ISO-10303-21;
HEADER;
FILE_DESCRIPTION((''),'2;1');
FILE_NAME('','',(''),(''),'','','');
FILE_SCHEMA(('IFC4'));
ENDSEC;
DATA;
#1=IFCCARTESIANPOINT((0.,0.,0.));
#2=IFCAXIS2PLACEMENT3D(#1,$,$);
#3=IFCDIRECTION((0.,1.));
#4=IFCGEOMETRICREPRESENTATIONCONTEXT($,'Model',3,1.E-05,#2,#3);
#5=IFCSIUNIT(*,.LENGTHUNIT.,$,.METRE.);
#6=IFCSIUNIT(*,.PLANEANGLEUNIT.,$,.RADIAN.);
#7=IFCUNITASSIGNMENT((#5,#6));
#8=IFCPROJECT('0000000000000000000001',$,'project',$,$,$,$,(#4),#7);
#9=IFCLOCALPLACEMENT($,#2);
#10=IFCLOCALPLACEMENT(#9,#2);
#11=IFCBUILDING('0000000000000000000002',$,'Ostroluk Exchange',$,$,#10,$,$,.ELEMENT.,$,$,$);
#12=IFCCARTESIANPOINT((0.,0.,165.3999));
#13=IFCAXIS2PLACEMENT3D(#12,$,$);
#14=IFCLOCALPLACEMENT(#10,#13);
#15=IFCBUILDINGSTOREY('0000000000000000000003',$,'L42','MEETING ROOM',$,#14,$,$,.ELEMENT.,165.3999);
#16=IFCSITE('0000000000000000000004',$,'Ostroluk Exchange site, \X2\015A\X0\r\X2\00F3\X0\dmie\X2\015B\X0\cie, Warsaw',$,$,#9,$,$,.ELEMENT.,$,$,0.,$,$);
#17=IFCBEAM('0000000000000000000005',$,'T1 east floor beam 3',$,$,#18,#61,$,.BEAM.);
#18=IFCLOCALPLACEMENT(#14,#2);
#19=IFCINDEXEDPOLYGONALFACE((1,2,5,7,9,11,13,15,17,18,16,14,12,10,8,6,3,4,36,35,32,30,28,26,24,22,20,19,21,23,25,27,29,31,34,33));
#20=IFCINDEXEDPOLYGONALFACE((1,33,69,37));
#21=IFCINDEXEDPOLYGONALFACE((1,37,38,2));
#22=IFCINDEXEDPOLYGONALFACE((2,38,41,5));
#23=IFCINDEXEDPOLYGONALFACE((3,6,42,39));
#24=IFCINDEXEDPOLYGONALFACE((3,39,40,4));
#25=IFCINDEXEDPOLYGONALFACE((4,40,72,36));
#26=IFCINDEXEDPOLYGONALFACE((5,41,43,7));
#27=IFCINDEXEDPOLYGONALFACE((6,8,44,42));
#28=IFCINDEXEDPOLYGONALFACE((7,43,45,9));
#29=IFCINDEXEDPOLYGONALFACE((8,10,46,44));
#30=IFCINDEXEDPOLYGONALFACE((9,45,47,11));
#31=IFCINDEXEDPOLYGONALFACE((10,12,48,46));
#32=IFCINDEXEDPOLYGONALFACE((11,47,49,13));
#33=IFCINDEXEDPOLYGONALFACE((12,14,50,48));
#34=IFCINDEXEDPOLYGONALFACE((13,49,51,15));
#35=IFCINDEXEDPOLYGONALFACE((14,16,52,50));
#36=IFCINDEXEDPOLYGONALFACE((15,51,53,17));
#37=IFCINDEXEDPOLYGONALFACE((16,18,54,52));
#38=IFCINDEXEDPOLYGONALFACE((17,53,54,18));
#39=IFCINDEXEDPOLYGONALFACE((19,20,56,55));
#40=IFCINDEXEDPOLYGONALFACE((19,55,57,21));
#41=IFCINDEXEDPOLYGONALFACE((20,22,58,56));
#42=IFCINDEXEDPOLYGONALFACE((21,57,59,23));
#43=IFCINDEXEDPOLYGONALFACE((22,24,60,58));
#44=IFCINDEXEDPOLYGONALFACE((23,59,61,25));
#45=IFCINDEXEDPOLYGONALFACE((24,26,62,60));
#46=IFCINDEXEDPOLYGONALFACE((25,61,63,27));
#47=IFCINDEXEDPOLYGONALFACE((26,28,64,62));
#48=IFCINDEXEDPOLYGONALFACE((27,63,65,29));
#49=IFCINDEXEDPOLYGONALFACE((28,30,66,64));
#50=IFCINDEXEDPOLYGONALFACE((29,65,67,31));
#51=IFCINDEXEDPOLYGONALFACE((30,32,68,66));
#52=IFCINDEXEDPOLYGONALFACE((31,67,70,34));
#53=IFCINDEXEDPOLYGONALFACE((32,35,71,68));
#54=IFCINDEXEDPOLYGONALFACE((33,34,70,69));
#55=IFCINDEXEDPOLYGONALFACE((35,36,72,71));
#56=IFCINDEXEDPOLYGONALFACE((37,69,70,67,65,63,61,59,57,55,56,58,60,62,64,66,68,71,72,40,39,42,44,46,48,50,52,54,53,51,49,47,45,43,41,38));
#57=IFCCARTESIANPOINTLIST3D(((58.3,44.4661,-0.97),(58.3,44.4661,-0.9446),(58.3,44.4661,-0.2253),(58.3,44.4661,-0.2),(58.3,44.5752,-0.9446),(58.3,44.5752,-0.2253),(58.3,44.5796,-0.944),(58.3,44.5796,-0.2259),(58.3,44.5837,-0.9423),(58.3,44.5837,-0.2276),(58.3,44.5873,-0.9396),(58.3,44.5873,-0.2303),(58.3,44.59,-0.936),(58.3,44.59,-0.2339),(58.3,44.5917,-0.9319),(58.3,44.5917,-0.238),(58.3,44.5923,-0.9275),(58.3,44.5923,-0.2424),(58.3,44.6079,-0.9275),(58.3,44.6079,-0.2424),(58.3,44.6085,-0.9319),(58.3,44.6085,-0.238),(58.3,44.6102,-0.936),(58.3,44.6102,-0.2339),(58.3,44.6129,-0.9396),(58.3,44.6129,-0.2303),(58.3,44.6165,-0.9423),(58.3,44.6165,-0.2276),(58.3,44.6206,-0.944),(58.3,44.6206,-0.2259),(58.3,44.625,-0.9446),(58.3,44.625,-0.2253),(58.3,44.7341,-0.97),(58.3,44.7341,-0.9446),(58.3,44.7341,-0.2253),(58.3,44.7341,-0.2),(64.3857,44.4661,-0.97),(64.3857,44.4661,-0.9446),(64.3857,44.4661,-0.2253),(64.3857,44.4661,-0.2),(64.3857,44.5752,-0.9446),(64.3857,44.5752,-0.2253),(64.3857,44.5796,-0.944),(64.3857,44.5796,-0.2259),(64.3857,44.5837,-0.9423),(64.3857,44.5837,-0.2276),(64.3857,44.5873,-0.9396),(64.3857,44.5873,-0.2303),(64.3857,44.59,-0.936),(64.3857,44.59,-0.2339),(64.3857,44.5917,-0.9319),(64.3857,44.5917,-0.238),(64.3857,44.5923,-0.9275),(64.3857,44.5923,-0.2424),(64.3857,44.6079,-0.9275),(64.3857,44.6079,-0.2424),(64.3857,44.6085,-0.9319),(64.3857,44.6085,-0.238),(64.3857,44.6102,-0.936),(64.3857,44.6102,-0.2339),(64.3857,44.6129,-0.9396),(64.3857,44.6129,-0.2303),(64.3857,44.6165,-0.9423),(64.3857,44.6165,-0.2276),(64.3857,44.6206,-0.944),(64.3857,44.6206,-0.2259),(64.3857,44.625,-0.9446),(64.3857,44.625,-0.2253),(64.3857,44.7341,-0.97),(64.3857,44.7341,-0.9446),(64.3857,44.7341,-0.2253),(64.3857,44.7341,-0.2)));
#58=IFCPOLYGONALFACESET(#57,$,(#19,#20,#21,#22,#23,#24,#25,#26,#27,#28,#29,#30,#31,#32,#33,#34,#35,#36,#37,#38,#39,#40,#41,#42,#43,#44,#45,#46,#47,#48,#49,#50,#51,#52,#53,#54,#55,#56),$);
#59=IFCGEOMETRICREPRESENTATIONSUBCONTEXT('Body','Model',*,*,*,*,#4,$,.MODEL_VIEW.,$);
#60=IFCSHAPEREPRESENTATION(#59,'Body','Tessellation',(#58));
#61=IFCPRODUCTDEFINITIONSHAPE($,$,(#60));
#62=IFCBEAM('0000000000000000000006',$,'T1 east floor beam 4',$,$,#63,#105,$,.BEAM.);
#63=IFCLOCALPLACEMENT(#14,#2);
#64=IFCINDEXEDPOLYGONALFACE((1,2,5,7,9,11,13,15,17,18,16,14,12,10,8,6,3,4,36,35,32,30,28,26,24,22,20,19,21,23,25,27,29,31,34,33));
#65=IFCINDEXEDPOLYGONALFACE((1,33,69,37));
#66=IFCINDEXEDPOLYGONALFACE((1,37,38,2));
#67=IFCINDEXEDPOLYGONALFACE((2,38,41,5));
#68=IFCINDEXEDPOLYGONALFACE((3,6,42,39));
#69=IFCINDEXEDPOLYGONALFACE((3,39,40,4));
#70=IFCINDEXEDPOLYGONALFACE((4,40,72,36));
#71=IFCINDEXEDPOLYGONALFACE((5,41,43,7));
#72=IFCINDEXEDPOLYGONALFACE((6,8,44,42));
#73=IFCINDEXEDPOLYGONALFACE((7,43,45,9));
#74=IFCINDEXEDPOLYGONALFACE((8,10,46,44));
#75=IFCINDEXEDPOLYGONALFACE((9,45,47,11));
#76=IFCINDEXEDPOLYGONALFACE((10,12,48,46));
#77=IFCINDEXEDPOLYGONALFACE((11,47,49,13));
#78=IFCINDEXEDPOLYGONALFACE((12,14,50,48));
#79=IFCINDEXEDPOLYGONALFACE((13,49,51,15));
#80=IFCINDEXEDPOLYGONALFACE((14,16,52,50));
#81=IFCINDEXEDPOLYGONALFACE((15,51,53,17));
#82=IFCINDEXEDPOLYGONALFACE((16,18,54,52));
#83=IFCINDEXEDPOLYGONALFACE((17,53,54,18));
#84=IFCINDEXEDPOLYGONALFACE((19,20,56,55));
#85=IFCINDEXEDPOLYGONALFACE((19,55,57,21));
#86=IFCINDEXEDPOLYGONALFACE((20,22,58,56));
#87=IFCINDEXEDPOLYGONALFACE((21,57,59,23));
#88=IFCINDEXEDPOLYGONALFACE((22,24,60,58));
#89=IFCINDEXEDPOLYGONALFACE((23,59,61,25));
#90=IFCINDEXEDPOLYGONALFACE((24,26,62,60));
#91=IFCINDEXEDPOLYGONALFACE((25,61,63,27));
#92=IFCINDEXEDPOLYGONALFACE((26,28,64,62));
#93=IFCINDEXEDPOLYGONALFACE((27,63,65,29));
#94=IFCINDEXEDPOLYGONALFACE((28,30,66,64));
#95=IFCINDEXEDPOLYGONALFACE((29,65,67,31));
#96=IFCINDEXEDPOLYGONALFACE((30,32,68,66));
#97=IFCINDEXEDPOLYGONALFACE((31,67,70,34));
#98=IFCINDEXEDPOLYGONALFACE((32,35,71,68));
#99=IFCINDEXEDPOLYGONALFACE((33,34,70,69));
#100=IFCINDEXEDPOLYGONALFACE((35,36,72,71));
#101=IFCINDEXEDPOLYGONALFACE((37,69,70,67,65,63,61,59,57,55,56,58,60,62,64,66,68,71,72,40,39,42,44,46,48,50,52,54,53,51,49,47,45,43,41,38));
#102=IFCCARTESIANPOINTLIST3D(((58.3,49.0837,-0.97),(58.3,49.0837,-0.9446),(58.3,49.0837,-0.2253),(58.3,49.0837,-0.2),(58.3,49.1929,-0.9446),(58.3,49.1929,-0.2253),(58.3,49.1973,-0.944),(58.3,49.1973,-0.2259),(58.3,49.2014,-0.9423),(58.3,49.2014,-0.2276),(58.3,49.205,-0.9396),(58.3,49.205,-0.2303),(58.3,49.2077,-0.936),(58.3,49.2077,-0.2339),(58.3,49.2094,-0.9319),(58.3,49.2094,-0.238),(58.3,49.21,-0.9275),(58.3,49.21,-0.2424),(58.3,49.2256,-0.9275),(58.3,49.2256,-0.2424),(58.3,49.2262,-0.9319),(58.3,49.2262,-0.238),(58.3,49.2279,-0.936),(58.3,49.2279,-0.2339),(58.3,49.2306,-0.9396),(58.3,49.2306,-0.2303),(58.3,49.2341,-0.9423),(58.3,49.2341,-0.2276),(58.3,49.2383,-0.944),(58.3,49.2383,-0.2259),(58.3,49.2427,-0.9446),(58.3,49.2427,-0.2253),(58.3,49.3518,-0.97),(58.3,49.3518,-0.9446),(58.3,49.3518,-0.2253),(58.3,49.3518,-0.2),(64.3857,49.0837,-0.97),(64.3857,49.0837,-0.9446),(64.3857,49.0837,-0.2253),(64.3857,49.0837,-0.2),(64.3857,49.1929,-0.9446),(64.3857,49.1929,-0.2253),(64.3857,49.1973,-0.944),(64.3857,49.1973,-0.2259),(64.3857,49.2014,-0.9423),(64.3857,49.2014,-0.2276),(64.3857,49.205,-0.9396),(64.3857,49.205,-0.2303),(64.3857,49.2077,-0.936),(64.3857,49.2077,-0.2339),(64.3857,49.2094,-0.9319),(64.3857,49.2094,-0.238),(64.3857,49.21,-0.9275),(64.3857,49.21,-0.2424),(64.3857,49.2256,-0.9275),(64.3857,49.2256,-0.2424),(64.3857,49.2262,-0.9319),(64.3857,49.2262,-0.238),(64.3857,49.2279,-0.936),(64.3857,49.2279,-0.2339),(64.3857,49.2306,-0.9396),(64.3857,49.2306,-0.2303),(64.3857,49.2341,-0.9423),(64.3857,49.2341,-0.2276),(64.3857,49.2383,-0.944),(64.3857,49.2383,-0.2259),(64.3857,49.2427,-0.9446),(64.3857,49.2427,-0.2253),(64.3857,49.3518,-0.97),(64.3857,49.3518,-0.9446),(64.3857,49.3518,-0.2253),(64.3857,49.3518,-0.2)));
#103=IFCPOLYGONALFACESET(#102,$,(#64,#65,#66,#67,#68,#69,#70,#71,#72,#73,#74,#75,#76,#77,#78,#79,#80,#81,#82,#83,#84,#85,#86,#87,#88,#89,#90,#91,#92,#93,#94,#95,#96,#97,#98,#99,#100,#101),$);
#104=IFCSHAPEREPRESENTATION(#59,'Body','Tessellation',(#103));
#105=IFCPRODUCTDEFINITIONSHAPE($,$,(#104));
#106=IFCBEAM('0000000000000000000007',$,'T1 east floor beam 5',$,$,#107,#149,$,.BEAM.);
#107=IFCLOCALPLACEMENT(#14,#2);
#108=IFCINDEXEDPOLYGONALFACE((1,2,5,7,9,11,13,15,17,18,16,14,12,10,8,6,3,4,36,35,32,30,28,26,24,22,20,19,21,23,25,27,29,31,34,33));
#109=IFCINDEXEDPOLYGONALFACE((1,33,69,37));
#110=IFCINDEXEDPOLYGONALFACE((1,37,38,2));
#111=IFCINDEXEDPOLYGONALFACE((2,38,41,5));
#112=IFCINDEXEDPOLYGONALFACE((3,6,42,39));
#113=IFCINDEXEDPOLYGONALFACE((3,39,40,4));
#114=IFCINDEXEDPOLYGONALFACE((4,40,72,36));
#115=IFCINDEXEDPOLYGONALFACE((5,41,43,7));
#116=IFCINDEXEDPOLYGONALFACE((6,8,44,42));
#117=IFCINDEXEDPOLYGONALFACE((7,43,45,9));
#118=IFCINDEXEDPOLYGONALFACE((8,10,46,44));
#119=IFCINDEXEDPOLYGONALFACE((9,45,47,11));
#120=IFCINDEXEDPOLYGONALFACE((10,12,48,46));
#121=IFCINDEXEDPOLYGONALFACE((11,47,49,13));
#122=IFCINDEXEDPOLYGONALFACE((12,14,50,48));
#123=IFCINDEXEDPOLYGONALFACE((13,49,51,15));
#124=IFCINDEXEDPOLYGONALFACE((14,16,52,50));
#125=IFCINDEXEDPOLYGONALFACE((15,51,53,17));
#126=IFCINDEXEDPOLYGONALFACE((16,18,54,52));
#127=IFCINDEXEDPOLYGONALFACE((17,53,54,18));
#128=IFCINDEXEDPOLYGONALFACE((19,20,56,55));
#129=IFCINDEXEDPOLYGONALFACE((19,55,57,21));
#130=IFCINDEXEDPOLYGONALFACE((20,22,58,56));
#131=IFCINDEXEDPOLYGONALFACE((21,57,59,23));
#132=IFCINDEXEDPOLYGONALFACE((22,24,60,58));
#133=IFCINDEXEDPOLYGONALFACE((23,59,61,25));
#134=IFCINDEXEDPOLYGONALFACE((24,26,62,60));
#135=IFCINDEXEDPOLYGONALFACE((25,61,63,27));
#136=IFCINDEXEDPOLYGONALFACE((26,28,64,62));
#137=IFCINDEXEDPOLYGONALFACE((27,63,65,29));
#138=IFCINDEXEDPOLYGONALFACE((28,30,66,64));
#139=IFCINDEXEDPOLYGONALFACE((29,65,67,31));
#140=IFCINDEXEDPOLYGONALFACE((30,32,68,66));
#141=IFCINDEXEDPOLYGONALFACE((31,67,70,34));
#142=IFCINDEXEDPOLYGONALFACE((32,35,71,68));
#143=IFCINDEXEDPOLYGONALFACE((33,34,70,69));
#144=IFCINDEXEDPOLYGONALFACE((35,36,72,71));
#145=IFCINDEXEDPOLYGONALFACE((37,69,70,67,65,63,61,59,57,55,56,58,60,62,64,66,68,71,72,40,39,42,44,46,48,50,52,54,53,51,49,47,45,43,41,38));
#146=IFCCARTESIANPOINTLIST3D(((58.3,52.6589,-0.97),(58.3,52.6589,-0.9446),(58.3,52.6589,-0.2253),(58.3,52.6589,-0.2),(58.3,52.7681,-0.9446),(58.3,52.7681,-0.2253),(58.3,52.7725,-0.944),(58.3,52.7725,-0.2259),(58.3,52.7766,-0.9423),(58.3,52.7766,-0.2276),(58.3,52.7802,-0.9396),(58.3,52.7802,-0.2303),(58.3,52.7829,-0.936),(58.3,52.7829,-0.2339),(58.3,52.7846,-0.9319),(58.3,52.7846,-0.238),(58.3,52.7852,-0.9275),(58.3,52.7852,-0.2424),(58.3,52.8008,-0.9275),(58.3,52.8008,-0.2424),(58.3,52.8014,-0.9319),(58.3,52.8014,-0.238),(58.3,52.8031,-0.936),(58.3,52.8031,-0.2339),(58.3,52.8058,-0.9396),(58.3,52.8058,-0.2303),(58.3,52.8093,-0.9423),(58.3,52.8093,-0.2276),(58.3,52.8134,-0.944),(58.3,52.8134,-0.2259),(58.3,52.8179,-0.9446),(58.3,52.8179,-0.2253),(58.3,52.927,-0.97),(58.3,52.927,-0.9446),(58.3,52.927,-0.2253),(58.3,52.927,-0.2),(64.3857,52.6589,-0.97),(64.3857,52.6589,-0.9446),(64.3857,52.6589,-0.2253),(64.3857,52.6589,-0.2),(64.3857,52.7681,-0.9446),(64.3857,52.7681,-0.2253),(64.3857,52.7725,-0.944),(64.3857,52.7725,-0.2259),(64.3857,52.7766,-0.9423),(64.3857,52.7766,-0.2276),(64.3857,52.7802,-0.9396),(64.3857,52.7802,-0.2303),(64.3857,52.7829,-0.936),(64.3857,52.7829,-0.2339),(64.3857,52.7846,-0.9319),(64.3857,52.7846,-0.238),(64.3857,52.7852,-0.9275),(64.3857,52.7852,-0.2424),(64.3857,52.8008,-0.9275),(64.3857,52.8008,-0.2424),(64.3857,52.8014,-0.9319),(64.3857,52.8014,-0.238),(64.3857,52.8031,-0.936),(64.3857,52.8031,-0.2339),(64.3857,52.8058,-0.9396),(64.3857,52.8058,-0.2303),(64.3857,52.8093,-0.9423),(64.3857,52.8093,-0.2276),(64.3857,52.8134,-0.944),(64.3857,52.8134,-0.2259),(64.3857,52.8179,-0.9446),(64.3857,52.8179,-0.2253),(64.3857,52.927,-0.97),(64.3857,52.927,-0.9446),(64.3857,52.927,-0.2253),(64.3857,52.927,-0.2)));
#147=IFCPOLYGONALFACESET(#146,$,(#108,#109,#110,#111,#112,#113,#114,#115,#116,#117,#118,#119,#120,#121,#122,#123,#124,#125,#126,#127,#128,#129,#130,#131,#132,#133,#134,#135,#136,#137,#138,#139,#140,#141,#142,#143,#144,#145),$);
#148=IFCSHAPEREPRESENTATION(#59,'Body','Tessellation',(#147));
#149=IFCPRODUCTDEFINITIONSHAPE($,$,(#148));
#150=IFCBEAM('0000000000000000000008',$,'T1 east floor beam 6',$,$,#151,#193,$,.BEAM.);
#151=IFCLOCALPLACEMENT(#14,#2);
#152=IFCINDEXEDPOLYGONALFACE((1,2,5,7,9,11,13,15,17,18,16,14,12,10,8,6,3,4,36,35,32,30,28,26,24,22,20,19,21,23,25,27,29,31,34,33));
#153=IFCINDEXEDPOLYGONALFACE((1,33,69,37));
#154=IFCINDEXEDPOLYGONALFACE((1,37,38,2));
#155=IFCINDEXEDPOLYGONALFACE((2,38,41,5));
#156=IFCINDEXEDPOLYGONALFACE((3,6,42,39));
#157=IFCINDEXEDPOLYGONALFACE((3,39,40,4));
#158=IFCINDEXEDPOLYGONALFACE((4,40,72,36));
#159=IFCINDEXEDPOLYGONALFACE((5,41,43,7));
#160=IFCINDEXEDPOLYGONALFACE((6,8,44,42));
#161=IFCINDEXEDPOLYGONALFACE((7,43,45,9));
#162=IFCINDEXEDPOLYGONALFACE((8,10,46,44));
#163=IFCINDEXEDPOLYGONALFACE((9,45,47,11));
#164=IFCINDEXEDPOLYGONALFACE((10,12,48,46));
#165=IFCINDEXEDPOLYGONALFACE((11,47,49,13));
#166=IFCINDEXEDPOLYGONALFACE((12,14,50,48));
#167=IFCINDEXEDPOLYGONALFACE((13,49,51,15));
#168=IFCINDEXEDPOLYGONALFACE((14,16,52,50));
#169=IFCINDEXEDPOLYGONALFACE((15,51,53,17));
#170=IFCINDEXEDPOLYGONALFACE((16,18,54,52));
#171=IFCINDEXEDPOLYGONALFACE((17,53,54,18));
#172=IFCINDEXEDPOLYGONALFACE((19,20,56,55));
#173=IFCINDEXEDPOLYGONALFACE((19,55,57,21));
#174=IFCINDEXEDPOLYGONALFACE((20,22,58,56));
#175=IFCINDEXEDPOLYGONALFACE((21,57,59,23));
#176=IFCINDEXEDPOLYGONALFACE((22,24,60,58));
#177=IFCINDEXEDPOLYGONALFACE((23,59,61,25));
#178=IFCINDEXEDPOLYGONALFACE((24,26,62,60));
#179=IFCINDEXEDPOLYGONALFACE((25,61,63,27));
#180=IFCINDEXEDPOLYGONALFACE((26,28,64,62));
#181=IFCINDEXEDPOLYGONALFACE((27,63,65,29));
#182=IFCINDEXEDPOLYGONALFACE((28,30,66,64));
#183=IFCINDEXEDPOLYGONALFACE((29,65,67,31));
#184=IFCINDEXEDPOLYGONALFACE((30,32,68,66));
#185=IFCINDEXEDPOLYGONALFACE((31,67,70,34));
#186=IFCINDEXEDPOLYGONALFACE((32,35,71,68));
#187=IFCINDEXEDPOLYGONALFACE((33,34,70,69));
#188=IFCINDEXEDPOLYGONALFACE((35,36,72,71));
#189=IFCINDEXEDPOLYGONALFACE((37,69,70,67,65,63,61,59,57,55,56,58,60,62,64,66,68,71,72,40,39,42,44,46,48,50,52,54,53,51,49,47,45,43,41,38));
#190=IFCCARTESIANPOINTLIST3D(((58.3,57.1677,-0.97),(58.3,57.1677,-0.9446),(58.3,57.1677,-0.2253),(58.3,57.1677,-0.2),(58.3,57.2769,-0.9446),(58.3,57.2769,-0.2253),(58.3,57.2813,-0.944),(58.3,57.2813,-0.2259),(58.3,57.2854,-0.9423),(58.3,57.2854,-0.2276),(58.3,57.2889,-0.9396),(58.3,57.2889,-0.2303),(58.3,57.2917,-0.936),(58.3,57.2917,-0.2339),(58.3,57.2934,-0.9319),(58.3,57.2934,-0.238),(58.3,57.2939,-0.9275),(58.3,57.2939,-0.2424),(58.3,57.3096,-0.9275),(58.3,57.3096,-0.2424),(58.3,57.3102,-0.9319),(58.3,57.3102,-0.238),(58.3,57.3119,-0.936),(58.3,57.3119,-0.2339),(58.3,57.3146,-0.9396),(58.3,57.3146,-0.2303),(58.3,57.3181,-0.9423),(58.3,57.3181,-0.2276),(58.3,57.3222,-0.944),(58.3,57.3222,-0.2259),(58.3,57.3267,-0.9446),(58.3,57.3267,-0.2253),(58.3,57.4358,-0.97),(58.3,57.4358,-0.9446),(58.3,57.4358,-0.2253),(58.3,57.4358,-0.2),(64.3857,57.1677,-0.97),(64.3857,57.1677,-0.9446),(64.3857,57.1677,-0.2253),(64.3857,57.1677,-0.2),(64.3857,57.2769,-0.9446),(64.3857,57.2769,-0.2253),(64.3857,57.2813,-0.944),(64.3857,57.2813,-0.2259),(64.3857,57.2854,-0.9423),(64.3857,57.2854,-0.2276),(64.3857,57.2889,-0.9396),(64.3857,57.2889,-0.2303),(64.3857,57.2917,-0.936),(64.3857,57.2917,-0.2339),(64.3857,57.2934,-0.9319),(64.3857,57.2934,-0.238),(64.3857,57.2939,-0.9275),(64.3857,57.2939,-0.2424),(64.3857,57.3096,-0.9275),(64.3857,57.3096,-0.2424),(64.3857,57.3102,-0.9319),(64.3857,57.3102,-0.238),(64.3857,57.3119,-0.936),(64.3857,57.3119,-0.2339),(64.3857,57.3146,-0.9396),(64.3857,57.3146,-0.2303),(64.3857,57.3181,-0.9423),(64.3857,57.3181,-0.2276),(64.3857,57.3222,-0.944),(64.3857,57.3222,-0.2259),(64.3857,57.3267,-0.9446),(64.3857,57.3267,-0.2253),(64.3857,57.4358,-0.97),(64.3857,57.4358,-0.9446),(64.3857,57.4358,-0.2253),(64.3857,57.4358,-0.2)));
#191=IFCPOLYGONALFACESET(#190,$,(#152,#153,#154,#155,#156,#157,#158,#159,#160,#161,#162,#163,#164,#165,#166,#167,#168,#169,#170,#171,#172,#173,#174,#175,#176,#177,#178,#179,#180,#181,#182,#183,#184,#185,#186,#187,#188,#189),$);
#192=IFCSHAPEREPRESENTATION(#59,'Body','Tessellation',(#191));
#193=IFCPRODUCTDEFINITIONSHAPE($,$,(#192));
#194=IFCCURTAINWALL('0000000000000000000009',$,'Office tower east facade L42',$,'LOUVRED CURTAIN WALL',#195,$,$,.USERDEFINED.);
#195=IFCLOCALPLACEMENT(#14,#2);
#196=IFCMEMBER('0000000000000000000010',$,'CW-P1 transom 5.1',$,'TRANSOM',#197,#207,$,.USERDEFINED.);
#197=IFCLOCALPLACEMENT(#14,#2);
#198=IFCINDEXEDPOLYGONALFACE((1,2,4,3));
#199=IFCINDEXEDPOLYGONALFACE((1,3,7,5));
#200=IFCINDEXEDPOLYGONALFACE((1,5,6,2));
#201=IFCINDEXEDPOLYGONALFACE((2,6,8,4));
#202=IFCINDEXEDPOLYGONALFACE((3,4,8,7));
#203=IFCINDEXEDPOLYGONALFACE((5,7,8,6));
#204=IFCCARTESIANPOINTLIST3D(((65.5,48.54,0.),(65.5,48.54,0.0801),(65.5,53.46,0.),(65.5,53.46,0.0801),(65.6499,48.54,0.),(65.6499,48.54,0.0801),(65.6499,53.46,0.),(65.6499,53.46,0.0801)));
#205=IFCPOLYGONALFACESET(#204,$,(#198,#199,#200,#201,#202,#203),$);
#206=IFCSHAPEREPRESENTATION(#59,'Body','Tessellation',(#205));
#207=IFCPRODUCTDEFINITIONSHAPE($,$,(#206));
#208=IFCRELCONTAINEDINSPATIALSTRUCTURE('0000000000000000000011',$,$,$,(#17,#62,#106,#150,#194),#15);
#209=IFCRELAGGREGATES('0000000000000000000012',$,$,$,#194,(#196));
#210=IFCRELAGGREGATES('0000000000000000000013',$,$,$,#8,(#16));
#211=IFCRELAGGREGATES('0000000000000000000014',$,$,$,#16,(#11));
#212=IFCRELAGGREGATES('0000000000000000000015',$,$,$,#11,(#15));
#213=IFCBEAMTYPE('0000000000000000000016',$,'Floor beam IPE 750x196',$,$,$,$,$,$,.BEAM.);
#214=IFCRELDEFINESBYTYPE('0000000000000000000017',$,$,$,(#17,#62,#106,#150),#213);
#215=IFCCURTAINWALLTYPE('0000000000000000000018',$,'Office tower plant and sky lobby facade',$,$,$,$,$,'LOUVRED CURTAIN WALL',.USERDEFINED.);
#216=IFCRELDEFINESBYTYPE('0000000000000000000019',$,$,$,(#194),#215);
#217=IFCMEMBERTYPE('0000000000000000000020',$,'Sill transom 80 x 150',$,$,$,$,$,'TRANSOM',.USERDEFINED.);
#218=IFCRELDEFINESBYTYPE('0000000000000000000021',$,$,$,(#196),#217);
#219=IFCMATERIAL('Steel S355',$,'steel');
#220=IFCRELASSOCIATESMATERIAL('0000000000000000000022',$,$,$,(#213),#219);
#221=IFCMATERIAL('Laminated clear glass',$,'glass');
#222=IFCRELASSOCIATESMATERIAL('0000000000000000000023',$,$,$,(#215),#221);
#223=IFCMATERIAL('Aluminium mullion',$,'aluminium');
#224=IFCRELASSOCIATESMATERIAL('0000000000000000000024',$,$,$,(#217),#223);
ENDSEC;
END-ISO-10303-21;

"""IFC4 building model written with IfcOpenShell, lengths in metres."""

from ifc_helpers import new_model, si_unit, direction, frame, origin, origin_2d, place, context, subcontext, project, spatial, rectangle, i_section, extrude, material, material_profile, profile_set, type_object, element, aggregate, save


model = new_model("IFC4")

# Units and contexts
model_context = context("Model", 3, precision=1e-05, world=origin(), true_north=direction((0.0, 1.0)))
body_context = subcontext(model_context, "Body", "Model", "MODEL_VIEW")
ifc_project = project(units=[si_unit("LENGTHUNIT", "METRE"), si_unit("PLANEANGLEUNIT", "RADIAN")], contexts=[model_context])

# Site, building, storey
site_placement = place(None, origin())
site = spatial("IfcSite", under=ifc_project, at=site_placement, Name="Ostroluk Exchange site, Śródmieście, Warsaw", CompositionType="ELEMENT", RefElevation=0.0)
building_placement = place(site_placement, origin())
building = spatial("IfcBuilding", under=site, at=building_placement, Name="Ostroluk Exchange", CompositionType="ELEMENT")
storey_placement = place(building_placement, frame((0.0, 0.0, 165.3999)))
storey = spatial("IfcBuildingStorey", under=building, at=storey_placement, Name="L42", Description="MEETING ROOM", CompositionType="ELEMENT", Elevation=165.3999)

# Beams
ifc_material_1 = material(Name="Steel S355", Category="steel")
ifc_material_profile_1 = material_profile(ifc_material_1, i_section(OverallWidth=0.2681, OverallDepth=0.77, WebThickness=0.0156, FlangeThickness=0.0254, FilletRadius=0.0171, at=origin_2d()), Name="IPE 750x196")
ifc_profile_set_1 = profile_set([ifc_material_profile_1], Name="Steel S355")
beam_type = type_object("IfcBeamType", Name="Floor beam IPE 750x196", PredefinedType="BEAM", material=ifc_profile_set_1)
for number, where, z_axis, x_axis, name in (
    (1, (58.3, 44.6001, -0.585), (1.0, 0.0, 0.0), (0.0, 1.0, 0.0), "T1 east floor beam 3"),
    (2, (58.3, 49.2178, -0.585), (1.0, 0.0, 0.0), (0.0, 1.0, 0.0), "T1 east floor beam 4"),
    (3, (58.3, 52.793, -0.585), (1.0, 0.0, 0.0), (0.0, 1.0, 0.0), "T1 east floor beam 5"),
    (4, (58.3, 57.3018, -0.585), (1.0, 0.0, 0.0), (0.0, 1.0, 0.0), "T1 east floor beam 6"),
):
    element("IfcBeam", number, at=place(storey_placement, frame(where, z_axis=z_axis, x_axis=x_axis)), inside=storey, type_object=beam_type, Name=name, PredefinedType="BEAM", context=body_context, shape_type="SweptSolid", body=[
        extrude(i_section(OverallWidth=0.2681, OverallDepth=0.77, WebThickness=0.0156, FlangeThickness=0.0254, FilletRadius=0.0171, at=origin_2d()), origin(), (0.0, 0.0, 1.0), 6.0857),
    ])

# Curtain wall, member
ifc_material_2 = material(Name="Laminated clear glass", Category="glass")
curtain_wall_type = type_object("IfcCurtainWallType", Name="Office tower plant and sky lobby facade", ElementType="LOUVRED CURTAIN WALL", PredefinedType="USERDEFINED", material=ifc_material_2)
curtain_wall_placement = place(storey_placement, origin())
curtain_wall = element("IfcCurtainWall", 5, at=curtain_wall_placement, inside=storey, type_object=curtain_wall_type, Name="Office tower east facade L42", ObjectType="LOUVRED CURTAIN WALL", PredefinedType="USERDEFINED")
ifc_material_3 = material(Name="Aluminium mullion", Category="aluminium")
ifc_material_profile_2 = material_profile(ifc_material_3, rectangle(XDim=0.1499, YDim=0.0801, at=origin_2d()), Name="Sill transom 80 x 150")
ifc_profile_set_2 = profile_set([ifc_material_profile_2], Name="Aluminium mullion")
member_type_1 = type_object("IfcMemberType", Name="Sill transom 80 x 150", ElementType="TRANSOM", PredefinedType="USERDEFINED", material=ifc_profile_set_2)
member_1_placement = place(storey_placement, frame((65.575, 48.54, 0.04), z_axis=(0.0, 1.0, 0.0), x_axis=(-1.0, 0.0, 0.0)))
member_1 = element("IfcMember", 6, at=member_1_placement, type_object=member_type_1, Name="CW-P1 transom 5.1", ObjectType="TRANSOM", PredefinedType="USERDEFINED", context=body_context, shape_type="SweptSolid", body=[
    extrude(rectangle(XDim=0.1499, YDim=0.0801, at=origin_2d()), origin(), (0.0, 0.0, 1.0), 4.9199),
])
aggregate(curtain_wall, [member_1])

save(model, "model.ifc")
